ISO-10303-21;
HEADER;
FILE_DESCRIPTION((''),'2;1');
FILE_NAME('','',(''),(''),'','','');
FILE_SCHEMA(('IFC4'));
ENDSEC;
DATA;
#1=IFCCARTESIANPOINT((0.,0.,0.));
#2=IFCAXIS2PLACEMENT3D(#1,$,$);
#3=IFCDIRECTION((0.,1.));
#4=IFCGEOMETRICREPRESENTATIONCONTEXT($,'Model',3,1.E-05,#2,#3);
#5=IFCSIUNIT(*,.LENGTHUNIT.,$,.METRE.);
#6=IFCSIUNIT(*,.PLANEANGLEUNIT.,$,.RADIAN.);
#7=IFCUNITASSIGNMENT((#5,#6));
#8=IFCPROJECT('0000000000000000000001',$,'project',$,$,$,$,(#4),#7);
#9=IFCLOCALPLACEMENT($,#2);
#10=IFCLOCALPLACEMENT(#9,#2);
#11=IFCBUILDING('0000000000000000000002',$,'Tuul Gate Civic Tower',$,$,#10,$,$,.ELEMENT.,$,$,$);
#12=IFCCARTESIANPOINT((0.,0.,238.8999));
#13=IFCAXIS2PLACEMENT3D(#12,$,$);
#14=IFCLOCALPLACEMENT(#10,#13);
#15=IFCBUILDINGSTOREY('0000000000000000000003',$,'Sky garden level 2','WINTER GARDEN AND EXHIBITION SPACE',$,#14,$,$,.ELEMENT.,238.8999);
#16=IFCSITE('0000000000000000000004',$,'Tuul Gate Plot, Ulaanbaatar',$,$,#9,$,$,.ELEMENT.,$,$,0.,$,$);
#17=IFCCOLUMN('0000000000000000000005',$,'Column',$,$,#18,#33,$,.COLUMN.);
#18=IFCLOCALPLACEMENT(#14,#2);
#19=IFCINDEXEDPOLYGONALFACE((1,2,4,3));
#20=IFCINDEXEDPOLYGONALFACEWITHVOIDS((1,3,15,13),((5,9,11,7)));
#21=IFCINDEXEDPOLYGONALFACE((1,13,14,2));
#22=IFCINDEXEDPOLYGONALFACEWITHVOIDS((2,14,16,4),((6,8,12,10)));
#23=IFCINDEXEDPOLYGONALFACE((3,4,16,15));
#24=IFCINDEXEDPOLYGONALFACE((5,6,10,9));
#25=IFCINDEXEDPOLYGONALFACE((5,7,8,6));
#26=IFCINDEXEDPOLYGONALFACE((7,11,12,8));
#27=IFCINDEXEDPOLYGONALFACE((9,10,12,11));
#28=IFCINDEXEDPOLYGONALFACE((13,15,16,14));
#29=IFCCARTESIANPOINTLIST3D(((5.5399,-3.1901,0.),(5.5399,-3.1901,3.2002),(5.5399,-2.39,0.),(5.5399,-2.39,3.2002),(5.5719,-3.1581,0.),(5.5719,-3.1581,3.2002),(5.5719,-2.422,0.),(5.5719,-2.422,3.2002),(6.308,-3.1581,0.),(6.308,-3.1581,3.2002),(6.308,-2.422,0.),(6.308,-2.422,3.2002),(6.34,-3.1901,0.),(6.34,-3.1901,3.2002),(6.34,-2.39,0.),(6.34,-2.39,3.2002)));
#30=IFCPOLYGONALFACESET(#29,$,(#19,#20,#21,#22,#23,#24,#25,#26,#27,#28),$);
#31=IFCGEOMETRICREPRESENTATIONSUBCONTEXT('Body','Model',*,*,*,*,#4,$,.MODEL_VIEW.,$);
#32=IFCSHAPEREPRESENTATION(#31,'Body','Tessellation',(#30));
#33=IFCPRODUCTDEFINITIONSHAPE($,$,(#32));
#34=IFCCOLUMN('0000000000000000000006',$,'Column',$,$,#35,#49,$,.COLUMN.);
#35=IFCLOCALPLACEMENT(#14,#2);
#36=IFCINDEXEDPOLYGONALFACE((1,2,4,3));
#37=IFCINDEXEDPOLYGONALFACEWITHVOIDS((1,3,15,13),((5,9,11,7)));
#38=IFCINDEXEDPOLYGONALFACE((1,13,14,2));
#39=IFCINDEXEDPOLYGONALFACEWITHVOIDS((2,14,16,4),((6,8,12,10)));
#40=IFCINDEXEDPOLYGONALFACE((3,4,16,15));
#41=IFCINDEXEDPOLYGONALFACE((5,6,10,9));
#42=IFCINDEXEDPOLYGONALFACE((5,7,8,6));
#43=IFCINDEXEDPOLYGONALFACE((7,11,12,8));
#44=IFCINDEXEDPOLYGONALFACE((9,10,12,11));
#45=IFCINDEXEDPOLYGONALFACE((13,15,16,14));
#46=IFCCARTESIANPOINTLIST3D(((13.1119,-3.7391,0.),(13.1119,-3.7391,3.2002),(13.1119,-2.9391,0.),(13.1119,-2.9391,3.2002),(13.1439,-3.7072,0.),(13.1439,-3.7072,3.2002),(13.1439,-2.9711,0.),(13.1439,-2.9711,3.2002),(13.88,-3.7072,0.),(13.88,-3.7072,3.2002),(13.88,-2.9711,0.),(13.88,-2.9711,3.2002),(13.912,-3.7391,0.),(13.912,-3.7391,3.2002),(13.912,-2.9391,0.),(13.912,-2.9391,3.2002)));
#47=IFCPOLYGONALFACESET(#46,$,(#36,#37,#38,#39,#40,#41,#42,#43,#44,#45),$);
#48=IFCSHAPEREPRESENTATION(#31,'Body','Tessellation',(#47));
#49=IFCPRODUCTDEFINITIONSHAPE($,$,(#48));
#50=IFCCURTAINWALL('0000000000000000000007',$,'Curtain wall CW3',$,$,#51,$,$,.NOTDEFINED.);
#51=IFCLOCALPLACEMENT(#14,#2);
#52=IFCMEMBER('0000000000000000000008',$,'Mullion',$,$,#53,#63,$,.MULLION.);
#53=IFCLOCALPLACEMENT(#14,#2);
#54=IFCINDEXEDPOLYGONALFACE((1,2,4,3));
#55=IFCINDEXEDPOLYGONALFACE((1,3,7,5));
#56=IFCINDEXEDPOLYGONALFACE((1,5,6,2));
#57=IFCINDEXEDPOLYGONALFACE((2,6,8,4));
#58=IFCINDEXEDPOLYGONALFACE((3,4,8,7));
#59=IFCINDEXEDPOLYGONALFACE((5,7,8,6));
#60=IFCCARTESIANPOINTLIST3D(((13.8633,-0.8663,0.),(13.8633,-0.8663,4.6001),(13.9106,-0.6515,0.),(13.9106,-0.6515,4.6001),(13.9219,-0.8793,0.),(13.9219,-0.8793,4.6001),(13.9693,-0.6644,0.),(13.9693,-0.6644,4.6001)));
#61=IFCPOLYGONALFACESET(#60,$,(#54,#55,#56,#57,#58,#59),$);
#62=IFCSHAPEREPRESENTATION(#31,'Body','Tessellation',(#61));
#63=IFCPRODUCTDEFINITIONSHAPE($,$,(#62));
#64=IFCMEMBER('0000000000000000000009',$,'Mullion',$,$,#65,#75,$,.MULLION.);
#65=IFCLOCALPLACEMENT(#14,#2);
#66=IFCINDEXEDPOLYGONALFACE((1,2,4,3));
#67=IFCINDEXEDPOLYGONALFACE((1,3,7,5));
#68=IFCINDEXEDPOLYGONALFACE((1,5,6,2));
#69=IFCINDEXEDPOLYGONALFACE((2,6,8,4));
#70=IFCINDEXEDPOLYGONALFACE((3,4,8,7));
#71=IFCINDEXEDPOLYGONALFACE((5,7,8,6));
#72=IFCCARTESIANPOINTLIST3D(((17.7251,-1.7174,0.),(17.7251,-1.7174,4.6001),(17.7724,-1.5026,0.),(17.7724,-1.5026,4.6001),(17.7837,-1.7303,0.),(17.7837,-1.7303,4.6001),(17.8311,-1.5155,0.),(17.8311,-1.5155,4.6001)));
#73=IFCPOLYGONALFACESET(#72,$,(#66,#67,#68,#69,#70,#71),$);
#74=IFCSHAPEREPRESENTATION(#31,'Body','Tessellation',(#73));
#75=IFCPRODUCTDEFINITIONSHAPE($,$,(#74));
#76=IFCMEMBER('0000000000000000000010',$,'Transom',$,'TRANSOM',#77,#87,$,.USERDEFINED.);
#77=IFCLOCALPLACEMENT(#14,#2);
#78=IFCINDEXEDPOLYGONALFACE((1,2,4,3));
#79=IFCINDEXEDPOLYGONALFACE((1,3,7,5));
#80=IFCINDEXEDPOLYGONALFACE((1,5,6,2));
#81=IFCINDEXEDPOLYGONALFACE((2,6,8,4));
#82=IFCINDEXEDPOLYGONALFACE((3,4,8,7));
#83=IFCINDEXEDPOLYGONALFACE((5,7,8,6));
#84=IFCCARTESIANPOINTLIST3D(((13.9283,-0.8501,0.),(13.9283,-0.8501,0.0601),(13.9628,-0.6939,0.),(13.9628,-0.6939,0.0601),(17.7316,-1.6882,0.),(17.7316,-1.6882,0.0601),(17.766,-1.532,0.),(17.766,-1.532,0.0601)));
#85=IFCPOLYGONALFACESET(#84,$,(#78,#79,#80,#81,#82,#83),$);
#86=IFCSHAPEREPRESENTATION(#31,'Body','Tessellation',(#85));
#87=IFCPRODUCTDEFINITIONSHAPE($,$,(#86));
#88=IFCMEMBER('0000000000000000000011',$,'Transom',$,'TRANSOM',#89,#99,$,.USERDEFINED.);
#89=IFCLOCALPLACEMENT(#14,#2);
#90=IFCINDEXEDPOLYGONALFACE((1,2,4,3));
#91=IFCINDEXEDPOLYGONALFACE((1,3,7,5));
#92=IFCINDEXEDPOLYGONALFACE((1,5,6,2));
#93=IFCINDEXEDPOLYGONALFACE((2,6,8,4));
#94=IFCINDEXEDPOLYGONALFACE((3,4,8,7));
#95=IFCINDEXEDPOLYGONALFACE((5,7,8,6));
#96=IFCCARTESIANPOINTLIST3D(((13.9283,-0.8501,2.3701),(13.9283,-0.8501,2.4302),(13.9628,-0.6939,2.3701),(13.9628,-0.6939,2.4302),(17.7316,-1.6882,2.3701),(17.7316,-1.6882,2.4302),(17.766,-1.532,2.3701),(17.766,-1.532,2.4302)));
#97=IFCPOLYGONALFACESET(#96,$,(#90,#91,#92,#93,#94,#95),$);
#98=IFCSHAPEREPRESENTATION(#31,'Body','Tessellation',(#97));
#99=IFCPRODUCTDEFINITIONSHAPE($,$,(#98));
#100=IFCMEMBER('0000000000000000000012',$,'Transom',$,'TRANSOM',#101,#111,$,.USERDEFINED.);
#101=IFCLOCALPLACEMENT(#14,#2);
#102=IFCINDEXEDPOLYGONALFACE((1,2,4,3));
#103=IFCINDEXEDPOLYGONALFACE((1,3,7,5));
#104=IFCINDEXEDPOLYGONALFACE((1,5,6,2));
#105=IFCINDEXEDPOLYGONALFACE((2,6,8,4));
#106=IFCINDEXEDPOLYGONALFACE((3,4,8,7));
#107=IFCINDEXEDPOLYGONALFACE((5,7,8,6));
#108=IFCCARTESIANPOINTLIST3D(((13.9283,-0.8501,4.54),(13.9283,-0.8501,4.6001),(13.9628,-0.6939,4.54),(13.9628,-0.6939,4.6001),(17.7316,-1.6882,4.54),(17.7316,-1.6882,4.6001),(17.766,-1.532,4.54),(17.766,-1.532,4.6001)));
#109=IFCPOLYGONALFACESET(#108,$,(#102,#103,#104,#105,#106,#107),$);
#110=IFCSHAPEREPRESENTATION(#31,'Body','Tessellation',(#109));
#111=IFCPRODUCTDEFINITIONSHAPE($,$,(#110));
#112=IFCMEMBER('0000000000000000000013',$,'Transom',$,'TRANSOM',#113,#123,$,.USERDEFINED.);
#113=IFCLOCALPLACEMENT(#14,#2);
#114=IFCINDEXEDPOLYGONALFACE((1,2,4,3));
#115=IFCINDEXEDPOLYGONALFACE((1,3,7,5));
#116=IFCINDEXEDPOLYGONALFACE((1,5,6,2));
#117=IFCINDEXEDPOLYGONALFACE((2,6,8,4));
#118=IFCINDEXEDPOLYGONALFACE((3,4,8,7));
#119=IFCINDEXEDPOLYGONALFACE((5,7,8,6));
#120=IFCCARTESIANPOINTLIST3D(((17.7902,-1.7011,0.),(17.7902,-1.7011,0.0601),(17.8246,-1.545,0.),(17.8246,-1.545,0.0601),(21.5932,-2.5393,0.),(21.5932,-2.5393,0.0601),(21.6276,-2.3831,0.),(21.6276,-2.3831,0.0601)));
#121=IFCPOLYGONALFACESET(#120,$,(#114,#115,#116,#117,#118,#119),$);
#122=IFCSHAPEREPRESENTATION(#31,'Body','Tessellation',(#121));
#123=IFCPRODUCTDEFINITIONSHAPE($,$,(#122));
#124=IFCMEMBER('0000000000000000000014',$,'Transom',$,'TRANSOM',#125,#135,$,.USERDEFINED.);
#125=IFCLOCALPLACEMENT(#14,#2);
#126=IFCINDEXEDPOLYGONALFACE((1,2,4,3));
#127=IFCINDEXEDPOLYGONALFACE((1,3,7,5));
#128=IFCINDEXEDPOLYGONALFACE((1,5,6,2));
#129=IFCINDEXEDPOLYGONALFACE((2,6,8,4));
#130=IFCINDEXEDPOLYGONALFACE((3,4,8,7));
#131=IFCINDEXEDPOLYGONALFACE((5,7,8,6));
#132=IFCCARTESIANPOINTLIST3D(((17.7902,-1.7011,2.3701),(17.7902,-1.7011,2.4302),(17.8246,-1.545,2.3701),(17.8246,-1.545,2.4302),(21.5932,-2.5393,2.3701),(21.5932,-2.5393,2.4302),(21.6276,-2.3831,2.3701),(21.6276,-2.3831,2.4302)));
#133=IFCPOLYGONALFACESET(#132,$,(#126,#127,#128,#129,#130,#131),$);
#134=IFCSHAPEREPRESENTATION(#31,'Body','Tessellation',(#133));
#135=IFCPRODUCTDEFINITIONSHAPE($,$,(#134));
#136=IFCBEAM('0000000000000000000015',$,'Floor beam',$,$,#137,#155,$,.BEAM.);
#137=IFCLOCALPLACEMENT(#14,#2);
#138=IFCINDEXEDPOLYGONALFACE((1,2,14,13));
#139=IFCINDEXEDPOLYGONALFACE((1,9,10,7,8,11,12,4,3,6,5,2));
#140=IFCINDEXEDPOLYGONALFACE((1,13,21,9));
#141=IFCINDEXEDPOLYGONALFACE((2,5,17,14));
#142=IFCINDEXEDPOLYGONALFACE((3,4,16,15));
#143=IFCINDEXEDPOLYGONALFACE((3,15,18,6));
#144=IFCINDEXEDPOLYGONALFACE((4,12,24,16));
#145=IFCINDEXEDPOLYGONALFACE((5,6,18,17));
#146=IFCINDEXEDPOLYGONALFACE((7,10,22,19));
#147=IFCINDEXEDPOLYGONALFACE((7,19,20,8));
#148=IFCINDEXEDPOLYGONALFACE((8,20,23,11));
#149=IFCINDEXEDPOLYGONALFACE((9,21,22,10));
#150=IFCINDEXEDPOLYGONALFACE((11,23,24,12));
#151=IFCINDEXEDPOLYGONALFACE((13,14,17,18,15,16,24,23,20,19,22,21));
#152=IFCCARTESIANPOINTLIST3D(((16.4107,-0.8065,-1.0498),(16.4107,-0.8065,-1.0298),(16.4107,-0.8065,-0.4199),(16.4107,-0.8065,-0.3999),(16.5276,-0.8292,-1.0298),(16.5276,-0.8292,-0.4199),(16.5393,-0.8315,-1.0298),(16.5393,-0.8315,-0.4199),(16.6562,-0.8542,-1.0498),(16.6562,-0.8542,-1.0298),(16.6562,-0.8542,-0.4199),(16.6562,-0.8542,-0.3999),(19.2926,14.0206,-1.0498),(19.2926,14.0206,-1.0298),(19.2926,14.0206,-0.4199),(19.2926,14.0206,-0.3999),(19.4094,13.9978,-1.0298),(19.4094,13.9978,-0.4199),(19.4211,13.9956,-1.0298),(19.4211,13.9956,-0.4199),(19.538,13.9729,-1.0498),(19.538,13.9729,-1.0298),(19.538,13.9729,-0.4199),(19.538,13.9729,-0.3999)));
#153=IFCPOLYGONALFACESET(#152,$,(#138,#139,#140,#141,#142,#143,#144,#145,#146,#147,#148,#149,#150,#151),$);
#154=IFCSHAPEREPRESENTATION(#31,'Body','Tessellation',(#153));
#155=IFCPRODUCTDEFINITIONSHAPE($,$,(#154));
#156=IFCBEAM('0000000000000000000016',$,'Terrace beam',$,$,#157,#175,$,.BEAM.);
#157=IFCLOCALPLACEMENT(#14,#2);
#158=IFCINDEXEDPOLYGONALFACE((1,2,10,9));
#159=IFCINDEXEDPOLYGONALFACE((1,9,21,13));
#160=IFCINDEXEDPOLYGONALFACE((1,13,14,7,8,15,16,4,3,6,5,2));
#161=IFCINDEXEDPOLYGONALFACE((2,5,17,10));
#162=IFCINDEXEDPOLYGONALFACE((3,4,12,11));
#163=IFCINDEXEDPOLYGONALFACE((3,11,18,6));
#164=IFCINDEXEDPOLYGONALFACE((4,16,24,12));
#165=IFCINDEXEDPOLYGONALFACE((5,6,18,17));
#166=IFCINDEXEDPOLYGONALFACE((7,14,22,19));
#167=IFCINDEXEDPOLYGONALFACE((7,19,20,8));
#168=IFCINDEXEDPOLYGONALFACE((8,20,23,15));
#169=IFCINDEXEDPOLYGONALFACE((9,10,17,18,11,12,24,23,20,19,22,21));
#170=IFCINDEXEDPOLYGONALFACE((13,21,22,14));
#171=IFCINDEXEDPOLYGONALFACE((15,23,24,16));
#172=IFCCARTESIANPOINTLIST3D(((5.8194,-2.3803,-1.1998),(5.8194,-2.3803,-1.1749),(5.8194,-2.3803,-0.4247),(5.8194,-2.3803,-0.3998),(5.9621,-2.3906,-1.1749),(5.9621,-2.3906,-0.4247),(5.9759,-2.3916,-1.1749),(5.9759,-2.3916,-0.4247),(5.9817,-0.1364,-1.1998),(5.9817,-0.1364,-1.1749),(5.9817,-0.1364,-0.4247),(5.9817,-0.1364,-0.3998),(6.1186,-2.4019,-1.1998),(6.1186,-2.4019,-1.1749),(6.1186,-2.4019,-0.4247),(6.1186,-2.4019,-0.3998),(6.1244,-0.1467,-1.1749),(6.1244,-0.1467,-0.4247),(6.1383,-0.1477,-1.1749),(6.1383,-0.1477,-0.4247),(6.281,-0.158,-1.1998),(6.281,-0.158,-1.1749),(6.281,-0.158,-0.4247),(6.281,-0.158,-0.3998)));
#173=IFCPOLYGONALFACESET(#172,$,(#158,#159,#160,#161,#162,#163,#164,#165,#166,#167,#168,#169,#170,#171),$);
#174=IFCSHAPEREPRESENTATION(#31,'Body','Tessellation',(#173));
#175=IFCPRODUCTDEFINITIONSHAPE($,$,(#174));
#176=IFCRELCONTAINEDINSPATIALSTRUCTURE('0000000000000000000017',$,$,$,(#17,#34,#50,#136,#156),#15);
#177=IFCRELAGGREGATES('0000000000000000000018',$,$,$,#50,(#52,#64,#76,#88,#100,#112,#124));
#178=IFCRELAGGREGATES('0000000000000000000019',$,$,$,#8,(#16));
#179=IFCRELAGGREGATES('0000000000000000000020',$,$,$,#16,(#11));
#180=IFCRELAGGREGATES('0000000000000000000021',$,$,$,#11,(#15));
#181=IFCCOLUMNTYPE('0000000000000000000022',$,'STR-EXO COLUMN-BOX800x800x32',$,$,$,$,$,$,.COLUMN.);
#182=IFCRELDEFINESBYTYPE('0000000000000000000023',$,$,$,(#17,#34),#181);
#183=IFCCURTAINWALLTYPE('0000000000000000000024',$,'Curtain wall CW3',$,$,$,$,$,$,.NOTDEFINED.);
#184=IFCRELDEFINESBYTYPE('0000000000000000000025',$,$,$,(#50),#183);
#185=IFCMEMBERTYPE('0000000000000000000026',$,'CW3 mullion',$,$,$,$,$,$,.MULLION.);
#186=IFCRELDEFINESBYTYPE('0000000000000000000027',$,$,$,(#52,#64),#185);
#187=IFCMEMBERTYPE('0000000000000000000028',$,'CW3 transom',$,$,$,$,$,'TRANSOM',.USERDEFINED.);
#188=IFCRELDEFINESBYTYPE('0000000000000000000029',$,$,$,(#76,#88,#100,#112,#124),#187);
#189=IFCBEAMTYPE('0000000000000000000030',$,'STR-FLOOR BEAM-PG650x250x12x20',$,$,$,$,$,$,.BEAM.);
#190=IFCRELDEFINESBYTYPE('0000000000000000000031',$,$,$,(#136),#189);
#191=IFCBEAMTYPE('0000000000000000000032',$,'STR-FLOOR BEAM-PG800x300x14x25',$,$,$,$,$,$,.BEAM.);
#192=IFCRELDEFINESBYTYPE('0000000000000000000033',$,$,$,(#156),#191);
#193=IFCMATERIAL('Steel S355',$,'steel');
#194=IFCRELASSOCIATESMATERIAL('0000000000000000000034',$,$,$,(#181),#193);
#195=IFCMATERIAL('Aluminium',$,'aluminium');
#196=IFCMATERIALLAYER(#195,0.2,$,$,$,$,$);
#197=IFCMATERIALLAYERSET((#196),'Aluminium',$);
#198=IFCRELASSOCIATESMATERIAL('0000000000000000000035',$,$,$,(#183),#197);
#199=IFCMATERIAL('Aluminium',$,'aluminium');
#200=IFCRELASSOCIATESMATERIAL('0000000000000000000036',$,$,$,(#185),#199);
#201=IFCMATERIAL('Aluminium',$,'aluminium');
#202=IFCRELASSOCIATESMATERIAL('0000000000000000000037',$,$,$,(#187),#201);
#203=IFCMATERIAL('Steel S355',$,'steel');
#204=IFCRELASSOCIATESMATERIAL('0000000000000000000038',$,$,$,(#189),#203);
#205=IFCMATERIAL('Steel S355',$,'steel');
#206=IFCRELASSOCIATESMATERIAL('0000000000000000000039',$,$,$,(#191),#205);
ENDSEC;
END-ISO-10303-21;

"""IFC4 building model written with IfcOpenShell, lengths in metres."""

from ifc_helpers import new_model, si_unit, direction, frame, origin, origin_2d, place, context, subcontext, project, spatial, rectangle, hollow_rectangle, i_section, extrude, material, layer, layer_set, material_profile, profile_set, type_object, element, aggregate, save


model = new_model("IFC4")

# Units and contexts
model_context = context("Model", 3, precision=1e-05, world=origin(), true_north=direction((0.0, 1.0)))
body_context = subcontext(model_context, "Body", "Model", "MODEL_VIEW")
ifc_project = project(units=[si_unit("LENGTHUNIT", "METRE"), si_unit("PLANEANGLEUNIT", "RADIAN")], contexts=[model_context])

# Site, building, storey
site_placement = place(None, origin())
site = spatial("IfcSite", under=ifc_project, at=site_placement, Name="Tuul Gate Plot, Ulaanbaatar", CompositionType="ELEMENT", RefElevation=0.0)
building_placement = place(site_placement, origin())
building = spatial("IfcBuilding", under=site, at=building_placement, Name="Tuul Gate Civic Tower", CompositionType="ELEMENT")
storey_placement = place(building_placement, frame((0.0, 0.0, 238.8999)))
storey = spatial("IfcBuildingStorey", under=building, at=storey_placement, Name="Sky garden level 2", Description="WINTER GARDEN AND EXHIBITION SPACE", CompositionType="ELEMENT", Elevation=238.8999)

# Columns
ifc_material_1 = material(Name="Steel S355", Category="steel")
ifc_material_profile_1 = material_profile(ifc_material_1, hollow_rectangle(XDim=0.8, YDim=0.8, WallThickness=0.032, at=origin_2d()), Name="BOX800x800x32")
ifc_profile_set_1 = profile_set([ifc_material_profile_1], Name="Steel S355")
column_type = type_object("IfcColumnType", Name="STR-EXO COLUMN-BOX800x800x32", PredefinedType="COLUMN", material=ifc_profile_set_1)
for number, where, z_axis, x_axis, name in (
    (1, (5.9399, -2.79, 0.0), (0.0, 0.0, 1.0), (1.0, 0.0, 0.0), "Column"),
    (2, (13.512, -3.3391, 0.0), (0.0, 0.0, 1.0), (1.0, 0.0, 0.0), "Column"),
):
    element("IfcColumn", number, at=place(storey_placement, frame(where, z_axis=z_axis, x_axis=x_axis)), inside=storey, type_object=column_type, Name=name, PredefinedType="COLUMN", context=body_context, shape_type="SweptSolid", body=[
        extrude(hollow_rectangle(XDim=0.8, YDim=0.8, WallThickness=0.032, at=origin_2d()), origin(), (0.0, 0.0, 1.0), 3.2002),
    ])

# Curtain wall, members
ifc_material_2 = material(Name="Aluminium", Category="aluminium")
ifc_layer_1 = layer(ifc_material_2, 0.2)
ifc_layer_set_1 = layer_set([ifc_layer_1], Name="Aluminium")
curtain_wall_type = type_object("IfcCurtainWallType", Name="Curtain wall CW3", PredefinedType="NOTDEFINED", material=ifc_layer_set_1)
curtain_wall_placement = place(storey_placement, origin())
curtain_wall = element("IfcCurtainWall", 3, at=curtain_wall_placement, inside=storey, type_object=curtain_wall_type, Name="Curtain wall CW3", PredefinedType="NOTDEFINED")
ifc_material_3 = material(Name="Aluminium", Category="aluminium")
ifc_material_profile_2 = material_profile(ifc_material_3, rectangle(XDim=0.22, YDim=0.0601, at=origin_2d()), Name="CW3 mullion")
ifc_profile_set_2 = profile_set([ifc_material_profile_2], Name="Aluminium")
member_type_1 = type_object("IfcMemberType", Name="CW3 mullion", PredefinedType="MULLION", material=ifc_profile_set_2)
member_1_placement = place(storey_placement, frame((13.9163, -0.7654, 0.0), z_axis=(0.0, 0.0, 1.0), x_axis=(0.215216, 0.976566, 0.0)))
member_1 = element("IfcMember", 4, at=member_1_placement, type_object=member_type_1, Name="Mullion", PredefinedType="MULLION", context=body_context, shape_type="SweptSolid", body=[
    extrude(rectangle(XDim=0.22, YDim=0.0601, at=origin_2d()), origin(), (0.0, 0.0, 1.0), 4.6001),
])
member_2_placement = place(storey_placement, frame((17.7781, -1.6165, 0.0), z_axis=(0.0, 0.0, 1.0), x_axis=(0.215216, 0.976566, 0.0)))
member_2 = element("IfcMember", 5, at=member_2_placement, type_object=member_type_1, Name="Mullion", PredefinedType="MULLION", context=body_context, shape_type="SweptSolid", body=[
    extrude(rectangle(XDim=0.22, YDim=0.0601, at=origin_2d()), origin(), (0.0, 0.0, 1.0), 4.6001),
])
ifc_material_4 = material(Name="Aluminium", Category="aluminium")
ifc_material_profile_3 = material_profile(ifc_material_4, rectangle(XDim=0.1599, YDim=0.0601, at=origin_2d()), Name="CW3 transom")
ifc_profile_set_3 = profile_set([ifc_material_profile_3], Name="Aluminium")
member_type_2 = type_object("IfcMemberType", Name="CW3 transom", ElementType="TRANSOM", PredefinedType="USERDEFINED", material=ifc_profile_set_3)
member_3_placement = place(storey_placement, frame((13.9456, -0.772, 0.03), z_axis=(0.976568, -0.215211, 0.0), x_axis=(0.215211, 0.976568, 0.0)))
member_3 = element("IfcMember", 6, at=member_3_placement, type_object=member_type_2, Name="Transom", ObjectType="TRANSOM", PredefinedType="USERDEFINED", context=body_context, shape_type="SweptSolid", body=[
    extrude(rectangle(XDim=0.1599, YDim=0.0601, at=origin_2d()), origin(), (0.0, 0.0, 1.0), 3.8945),
])
member_4_placement = place(storey_placement, frame((13.9456, -0.772, 2.4001), z_axis=(0.976568, -0.215211, 0.0), x_axis=(0.215211, 0.976568, 0.0)))
member_4 = element("IfcMember", 7, at=member_4_placement, type_object=member_type_2, Name="Transom", ObjectType="TRANSOM", PredefinedType="USERDEFINED", context=body_context, shape_type="SweptSolid", body=[
    extrude(rectangle(XDim=0.1599, YDim=0.0601, at=origin_2d()), origin(), (0.0, 0.0, 1.0), 3.8945),
])
member_5_placement = place(storey_placement, frame((13.9456, -0.772, 4.5701), z_axis=(0.976568, -0.215211, 0.0), x_axis=(0.215211, 0.976568, 0.0)))
member_5 = element("IfcMember", 8, at=member_5_placement, type_object=member_type_2, Name="Transom", ObjectType="TRANSOM", PredefinedType="USERDEFINED", context=body_context, shape_type="SweptSolid", body=[
    extrude(rectangle(XDim=0.1599, YDim=0.0601, at=origin_2d()), origin(), (0.0, 0.0, 1.0), 3.8945),
])
member_6_placement = place(storey_placement, frame((17.8074, -1.623, 0.03), z_axis=(0.976565, -0.215224, 0.0), x_axis=(0.215224, 0.976565, 0.0)))
member_6 = element("IfcMember", 9, at=member_6_placement, type_object=member_type_2, Name="Transom", ObjectType="TRANSOM", PredefinedType="USERDEFINED", context=body_context, shape_type="SweptSolid", body=[
    extrude(rectangle(XDim=0.1599, YDim=0.0601, at=origin_2d()), origin(), (0.0, 0.0, 1.0), 3.8943),
])
member_7_placement = place(storey_placement, frame((17.8074, -1.623, 2.4001), z_axis=(0.976565, -0.215224, 0.0), x_axis=(0.215224, 0.976565, 0.0)))
member_7 = element("IfcMember", 10, at=member_7_placement, type_object=member_type_2, Name="Transom", ObjectType="TRANSOM", PredefinedType="USERDEFINED", context=body_context, shape_type="SweptSolid", body=[
    extrude(rectangle(XDim=0.1599, YDim=0.0601, at=origin_2d()), origin(), (0.0, 0.0, 1.0), 3.8943),
])

# Beams
ifc_material_5 = material(Name="Steel S355", Category="steel")
ifc_material_profile_4 = material_profile(ifc_material_5, i_section(OverallWidth=0.25, OverallDepth=0.6499, WebThickness=0.012, FlangeThickness=0.02, at=origin_2d()), Name="PG650x250x12x20")
ifc_profile_set_4 = profile_set([ifc_material_profile_4], Name="Steel S355")
beam_type_1 = type_object("IfcBeamType", Name="STR-FLOOR BEAM-PG650x250x12x20", PredefinedType="BEAM", material=ifc_profile_set_4)
beam_1_placement = place(storey_placement, frame((16.5334, -0.8303, -0.7249), z_axis=(0.190792, 0.981631, 0.0), x_axis=(-0.981631, 0.190792, 0.0)))
element("IfcBeam", 11, at=beam_1_placement, inside=storey, type_object=beam_type_1, Name="Floor beam", PredefinedType="BEAM", context=body_context, shape_type="SweptSolid", body=[
    extrude(i_section(OverallWidth=0.25, OverallDepth=0.6499, WebThickness=0.012, FlangeThickness=0.02, at=origin_2d()), origin(), (0.0, 0.0, 1.0), 15.1045),
])
ifc_material_6 = material(Name="Steel S355", Category="steel")
ifc_material_profile_5 = material_profile(ifc_material_6, i_section(OverallWidth=0.3, OverallDepth=0.8, WebThickness=0.0139, FlangeThickness=0.0249, at=origin_2d()), Name="PG800x300x14x25")
ifc_profile_set_5 = profile_set([ifc_material_profile_5], Name="Steel S355")
beam_type_2 = type_object("IfcBeamType", Name="STR-FLOOR BEAM-PG800x300x14x25", PredefinedType="BEAM", material=ifc_profile_set_5)
beam_2_placement = place(storey_placement, frame((5.969, -2.3911, -0.7998), z_axis=(0.072165, 0.997393, 0.0), x_axis=(-0.997393, 0.072165, 0.0)))
element("IfcBeam", 12, at=beam_2_placement, inside=storey, type_object=beam_type_2, Name="Terrace beam", PredefinedType="BEAM", context=body_context, shape_type="SweptSolid", body=[
    extrude(i_section(OverallWidth=0.3, OverallDepth=0.8, WebThickness=0.0139, FlangeThickness=0.0249, at=origin_2d()), origin(), (0.0, 0.0, 1.0), 2.2498),
])

aggregate(curtain_wall, [member_1, member_2, member_3, member_4, member_5, member_6, member_7])

save(model, "model.ifc")
